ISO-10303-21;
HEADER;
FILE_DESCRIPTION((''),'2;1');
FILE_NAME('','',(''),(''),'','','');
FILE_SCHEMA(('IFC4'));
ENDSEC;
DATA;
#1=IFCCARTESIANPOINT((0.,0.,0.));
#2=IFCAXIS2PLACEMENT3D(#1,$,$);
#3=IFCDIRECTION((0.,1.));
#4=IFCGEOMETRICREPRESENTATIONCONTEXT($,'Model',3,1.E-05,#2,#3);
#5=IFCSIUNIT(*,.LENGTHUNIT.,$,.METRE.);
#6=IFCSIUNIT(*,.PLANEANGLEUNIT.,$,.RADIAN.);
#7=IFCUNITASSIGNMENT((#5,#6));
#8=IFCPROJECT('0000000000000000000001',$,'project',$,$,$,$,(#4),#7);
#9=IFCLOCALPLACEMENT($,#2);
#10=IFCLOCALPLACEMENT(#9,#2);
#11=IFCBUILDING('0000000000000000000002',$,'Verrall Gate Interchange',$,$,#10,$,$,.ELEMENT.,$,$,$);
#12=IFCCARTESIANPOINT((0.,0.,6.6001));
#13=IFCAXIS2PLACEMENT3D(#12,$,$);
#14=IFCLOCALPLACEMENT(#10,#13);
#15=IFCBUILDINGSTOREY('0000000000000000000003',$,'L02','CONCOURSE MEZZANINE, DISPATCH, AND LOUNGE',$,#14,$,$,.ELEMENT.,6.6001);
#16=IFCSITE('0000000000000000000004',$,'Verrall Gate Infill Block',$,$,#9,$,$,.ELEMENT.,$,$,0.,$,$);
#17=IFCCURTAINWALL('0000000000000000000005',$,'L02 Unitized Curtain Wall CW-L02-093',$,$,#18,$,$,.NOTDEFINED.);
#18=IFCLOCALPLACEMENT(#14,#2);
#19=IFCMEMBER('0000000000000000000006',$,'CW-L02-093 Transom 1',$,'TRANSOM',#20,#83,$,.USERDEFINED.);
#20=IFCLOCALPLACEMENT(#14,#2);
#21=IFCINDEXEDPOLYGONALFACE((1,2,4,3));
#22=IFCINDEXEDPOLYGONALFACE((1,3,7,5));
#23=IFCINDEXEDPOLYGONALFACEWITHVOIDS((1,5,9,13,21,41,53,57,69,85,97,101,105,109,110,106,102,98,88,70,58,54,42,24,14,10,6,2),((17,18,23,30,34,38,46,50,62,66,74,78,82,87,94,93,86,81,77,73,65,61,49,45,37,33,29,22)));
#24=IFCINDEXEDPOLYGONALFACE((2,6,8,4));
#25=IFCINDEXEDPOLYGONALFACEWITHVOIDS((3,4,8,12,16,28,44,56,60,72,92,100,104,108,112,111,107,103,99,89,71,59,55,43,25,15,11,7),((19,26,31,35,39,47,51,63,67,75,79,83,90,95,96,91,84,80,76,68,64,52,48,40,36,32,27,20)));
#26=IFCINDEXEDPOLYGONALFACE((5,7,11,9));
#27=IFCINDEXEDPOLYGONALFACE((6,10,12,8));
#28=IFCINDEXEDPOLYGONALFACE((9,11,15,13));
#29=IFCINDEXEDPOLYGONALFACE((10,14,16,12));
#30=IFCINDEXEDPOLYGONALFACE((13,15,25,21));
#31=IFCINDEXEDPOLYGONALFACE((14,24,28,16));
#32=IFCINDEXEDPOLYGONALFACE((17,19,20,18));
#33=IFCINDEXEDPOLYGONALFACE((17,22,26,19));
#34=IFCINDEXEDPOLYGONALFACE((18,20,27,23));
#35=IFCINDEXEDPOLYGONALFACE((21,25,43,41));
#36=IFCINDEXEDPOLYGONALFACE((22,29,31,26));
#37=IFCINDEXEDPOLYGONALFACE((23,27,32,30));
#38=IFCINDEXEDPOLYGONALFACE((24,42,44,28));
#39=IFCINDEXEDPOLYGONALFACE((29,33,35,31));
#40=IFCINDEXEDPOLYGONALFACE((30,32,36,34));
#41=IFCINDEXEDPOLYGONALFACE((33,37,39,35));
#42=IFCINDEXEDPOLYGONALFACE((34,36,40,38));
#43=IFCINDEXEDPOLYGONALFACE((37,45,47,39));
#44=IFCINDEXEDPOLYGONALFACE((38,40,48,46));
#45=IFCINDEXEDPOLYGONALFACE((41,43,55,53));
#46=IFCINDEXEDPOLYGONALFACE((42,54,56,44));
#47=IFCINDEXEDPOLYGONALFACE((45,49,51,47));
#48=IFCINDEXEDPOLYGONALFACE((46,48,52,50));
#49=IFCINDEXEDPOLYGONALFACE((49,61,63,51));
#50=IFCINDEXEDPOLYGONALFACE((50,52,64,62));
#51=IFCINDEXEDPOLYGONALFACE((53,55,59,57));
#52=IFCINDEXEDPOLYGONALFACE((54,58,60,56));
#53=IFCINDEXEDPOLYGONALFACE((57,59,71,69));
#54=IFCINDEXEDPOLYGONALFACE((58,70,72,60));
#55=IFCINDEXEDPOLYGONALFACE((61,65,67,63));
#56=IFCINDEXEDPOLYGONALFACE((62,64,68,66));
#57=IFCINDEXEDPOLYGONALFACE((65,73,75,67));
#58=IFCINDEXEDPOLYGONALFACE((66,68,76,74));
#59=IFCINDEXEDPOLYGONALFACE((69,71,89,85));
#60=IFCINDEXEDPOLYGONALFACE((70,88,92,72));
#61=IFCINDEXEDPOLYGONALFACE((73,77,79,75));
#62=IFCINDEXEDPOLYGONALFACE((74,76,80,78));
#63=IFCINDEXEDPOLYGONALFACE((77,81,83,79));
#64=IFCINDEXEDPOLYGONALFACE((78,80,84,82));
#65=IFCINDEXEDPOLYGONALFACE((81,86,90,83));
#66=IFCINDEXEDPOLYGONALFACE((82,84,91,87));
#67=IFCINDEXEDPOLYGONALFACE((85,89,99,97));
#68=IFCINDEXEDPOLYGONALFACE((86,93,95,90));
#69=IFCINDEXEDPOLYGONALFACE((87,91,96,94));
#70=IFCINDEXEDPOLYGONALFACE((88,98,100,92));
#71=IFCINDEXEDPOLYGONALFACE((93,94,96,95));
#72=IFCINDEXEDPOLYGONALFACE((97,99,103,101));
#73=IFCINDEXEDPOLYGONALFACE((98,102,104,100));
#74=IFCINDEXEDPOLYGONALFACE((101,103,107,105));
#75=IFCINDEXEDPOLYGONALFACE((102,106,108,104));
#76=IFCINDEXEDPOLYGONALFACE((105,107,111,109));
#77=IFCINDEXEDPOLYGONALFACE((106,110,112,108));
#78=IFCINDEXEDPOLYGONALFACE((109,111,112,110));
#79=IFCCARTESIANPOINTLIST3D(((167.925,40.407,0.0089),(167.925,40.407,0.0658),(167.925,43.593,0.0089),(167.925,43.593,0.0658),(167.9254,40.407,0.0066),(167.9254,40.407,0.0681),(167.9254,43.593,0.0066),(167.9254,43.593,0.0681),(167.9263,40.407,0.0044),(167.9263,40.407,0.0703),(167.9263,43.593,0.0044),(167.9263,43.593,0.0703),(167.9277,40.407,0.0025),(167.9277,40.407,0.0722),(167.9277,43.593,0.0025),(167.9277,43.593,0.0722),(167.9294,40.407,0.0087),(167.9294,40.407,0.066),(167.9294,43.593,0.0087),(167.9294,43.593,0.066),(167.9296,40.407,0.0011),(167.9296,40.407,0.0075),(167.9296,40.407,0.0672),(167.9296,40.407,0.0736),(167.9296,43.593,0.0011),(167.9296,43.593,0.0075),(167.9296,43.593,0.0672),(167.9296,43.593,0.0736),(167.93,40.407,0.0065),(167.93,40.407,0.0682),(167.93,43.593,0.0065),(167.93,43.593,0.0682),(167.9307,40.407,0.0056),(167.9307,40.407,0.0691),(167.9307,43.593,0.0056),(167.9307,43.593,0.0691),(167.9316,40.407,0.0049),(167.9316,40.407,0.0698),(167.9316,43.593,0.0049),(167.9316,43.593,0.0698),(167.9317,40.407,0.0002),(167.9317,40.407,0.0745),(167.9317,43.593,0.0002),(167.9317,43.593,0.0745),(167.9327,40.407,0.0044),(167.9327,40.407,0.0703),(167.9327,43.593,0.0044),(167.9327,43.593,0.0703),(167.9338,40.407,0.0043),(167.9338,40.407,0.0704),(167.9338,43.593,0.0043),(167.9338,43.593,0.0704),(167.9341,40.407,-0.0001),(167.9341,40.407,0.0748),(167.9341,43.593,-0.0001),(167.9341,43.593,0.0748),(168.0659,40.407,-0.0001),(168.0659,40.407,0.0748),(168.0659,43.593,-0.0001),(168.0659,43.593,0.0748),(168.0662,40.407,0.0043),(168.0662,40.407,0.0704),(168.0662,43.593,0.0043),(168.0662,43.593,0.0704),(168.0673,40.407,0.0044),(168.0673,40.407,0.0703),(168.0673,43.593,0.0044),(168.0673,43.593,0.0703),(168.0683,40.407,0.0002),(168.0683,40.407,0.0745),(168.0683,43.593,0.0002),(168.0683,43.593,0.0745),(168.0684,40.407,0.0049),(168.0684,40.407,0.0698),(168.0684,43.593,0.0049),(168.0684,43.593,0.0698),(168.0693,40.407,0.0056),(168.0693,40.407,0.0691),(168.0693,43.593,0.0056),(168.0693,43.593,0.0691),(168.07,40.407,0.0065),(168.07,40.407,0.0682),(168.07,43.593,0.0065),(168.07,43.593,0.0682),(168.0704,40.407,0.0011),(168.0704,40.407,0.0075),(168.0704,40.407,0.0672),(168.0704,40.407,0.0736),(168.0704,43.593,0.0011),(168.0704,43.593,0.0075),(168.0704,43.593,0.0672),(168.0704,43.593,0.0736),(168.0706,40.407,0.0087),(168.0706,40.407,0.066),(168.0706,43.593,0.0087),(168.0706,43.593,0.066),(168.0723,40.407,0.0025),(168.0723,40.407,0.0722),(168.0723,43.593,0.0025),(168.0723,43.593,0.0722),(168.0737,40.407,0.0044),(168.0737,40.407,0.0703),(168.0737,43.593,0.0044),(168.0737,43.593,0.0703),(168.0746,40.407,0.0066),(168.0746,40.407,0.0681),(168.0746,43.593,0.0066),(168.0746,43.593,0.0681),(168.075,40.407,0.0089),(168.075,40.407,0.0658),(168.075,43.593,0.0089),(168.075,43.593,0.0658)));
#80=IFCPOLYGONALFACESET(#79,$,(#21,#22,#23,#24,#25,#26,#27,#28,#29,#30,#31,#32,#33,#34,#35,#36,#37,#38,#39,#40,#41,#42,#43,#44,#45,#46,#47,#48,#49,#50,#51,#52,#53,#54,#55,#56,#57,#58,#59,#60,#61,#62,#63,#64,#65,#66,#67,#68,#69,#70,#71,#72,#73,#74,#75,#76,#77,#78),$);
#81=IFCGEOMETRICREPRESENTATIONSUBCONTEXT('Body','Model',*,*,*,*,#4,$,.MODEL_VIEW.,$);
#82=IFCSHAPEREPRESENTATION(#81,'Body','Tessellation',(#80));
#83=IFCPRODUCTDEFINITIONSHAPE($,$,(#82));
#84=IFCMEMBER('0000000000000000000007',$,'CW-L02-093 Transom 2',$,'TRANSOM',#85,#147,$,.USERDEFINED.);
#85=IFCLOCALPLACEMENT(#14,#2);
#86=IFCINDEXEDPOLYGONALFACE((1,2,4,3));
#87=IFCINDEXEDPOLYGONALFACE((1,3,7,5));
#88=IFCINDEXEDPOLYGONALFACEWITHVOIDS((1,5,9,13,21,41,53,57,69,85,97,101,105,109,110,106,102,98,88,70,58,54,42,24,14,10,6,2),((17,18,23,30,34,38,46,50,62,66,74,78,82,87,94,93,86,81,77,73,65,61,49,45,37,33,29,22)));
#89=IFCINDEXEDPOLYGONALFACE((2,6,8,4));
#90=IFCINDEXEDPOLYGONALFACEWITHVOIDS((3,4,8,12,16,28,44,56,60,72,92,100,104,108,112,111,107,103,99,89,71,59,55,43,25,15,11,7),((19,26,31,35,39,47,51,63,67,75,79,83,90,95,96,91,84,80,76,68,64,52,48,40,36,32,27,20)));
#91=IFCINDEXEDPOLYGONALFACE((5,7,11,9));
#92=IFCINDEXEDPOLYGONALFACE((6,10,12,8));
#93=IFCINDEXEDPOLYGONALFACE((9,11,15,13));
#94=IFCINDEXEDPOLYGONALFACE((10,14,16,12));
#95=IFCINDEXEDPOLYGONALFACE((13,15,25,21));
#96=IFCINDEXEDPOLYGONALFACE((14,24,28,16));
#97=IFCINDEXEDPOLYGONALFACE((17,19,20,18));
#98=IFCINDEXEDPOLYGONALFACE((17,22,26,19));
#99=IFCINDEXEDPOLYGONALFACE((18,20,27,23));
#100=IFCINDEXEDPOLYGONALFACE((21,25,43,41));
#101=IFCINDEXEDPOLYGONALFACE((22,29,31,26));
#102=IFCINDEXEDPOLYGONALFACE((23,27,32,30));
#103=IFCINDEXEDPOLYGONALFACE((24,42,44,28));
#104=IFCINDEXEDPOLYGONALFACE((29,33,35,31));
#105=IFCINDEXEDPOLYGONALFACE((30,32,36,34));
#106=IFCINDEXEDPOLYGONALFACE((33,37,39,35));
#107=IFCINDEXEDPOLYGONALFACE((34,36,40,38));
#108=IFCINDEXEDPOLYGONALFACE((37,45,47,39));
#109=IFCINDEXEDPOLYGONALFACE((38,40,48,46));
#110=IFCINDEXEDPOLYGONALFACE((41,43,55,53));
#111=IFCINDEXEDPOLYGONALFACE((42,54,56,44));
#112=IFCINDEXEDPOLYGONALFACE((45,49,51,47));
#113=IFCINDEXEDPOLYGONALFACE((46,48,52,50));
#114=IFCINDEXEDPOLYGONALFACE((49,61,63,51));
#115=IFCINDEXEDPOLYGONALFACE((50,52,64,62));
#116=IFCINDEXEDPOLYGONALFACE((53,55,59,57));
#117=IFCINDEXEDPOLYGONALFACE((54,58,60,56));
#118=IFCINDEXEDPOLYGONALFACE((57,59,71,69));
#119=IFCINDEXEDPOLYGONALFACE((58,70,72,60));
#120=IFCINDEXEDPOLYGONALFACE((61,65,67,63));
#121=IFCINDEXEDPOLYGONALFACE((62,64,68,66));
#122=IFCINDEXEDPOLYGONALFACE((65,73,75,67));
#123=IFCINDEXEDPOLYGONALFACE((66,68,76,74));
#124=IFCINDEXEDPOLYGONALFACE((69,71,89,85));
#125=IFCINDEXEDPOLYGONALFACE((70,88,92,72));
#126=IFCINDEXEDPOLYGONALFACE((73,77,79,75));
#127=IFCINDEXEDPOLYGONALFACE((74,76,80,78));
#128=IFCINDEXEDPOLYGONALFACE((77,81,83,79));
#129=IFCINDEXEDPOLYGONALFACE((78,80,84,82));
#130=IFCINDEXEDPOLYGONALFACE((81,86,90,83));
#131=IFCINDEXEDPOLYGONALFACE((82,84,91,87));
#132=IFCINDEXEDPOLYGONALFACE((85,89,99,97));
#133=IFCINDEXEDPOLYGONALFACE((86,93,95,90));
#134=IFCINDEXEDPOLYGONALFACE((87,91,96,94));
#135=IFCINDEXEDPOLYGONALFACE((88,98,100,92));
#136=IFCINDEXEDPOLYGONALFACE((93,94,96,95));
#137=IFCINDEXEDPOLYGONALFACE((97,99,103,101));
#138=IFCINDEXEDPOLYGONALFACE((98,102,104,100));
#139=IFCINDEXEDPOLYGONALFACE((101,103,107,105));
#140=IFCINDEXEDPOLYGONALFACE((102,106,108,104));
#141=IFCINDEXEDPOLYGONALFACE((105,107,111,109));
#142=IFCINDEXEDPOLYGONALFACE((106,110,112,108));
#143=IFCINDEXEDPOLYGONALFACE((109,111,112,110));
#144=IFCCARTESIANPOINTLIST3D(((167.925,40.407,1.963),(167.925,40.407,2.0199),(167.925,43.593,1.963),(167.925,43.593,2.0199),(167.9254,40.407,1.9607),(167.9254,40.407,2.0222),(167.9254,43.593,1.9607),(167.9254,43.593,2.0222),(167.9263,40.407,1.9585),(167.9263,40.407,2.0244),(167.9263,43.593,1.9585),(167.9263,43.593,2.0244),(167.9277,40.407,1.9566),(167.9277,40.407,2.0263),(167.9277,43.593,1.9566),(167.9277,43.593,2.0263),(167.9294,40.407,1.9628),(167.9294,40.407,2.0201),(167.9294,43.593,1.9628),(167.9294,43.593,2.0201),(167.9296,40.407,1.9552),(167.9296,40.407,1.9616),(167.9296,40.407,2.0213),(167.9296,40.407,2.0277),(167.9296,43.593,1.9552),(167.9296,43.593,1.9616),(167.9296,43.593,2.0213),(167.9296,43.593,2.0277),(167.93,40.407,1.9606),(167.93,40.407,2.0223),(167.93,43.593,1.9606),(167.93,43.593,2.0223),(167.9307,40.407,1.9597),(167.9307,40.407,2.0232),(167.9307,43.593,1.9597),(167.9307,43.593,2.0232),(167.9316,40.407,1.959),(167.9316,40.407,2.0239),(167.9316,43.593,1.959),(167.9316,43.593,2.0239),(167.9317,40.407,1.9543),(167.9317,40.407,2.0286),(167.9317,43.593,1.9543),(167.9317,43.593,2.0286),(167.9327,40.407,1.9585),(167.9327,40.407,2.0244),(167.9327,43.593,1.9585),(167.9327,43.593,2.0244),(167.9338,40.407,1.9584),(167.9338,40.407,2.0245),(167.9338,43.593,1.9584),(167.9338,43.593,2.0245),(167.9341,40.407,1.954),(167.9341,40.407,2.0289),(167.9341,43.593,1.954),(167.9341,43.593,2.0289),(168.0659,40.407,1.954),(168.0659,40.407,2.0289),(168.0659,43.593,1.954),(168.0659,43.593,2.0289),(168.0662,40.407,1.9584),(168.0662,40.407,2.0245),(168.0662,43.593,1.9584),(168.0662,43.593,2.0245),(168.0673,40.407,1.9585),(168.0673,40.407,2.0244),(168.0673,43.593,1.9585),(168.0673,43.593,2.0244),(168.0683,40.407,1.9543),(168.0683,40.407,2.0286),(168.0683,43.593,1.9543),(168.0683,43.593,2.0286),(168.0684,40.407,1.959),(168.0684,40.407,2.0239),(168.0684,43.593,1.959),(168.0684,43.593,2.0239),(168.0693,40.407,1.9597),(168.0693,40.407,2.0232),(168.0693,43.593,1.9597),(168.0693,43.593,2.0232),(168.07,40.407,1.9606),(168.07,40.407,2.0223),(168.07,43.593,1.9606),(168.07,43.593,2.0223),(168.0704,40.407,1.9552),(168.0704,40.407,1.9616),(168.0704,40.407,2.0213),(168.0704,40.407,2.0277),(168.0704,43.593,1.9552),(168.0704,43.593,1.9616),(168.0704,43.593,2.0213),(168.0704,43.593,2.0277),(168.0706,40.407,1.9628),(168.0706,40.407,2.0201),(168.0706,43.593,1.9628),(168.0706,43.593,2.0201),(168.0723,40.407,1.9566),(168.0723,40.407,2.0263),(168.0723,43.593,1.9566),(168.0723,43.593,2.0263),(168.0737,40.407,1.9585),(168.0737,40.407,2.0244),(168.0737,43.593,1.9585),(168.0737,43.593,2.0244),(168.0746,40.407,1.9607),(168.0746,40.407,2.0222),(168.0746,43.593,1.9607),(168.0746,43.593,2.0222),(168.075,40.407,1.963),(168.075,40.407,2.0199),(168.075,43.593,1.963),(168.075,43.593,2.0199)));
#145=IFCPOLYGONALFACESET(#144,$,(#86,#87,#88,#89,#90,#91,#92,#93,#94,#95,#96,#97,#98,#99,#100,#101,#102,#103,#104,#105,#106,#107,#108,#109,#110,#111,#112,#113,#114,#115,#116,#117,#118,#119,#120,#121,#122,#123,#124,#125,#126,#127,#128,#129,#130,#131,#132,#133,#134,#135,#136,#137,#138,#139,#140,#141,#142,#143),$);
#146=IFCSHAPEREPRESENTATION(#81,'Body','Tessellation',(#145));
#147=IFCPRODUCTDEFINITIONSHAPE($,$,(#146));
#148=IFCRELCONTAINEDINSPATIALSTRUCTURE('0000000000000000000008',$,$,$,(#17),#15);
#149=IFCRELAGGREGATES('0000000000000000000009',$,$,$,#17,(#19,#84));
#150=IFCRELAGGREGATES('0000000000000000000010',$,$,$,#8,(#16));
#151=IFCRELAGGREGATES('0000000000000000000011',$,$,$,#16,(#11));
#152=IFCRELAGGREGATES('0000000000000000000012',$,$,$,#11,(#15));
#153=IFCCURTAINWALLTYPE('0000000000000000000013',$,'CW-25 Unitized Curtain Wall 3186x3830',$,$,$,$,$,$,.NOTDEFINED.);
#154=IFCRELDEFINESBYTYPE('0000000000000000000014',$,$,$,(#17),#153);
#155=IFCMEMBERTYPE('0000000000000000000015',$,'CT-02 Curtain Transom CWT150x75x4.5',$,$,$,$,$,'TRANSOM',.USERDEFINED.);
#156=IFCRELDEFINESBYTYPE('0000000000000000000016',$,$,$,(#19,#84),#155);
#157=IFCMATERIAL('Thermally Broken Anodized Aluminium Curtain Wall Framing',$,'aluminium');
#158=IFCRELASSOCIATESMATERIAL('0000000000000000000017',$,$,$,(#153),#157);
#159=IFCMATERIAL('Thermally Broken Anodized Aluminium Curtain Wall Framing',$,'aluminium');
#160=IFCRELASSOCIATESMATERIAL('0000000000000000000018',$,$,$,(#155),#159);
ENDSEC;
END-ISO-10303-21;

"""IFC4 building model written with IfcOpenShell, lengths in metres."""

from ifc_helpers import new_model, si_unit, direction, frame, origin, origin_2d, place, context, subcontext, project, spatial, hollow_rectangle, extrude, material, material_profile, profile_set, type_object, element, aggregate, save


model = new_model("IFC4")

# Units and contexts
model_context = context("Model", 3, precision=1e-05, world=origin(), true_north=direction((0.0, 1.0)))
body_context = subcontext(model_context, "Body", "Model", "MODEL_VIEW")
ifc_project = project(units=[si_unit("LENGTHUNIT", "METRE"), si_unit("PLANEANGLEUNIT", "RADIAN")], contexts=[model_context])

# Site, building, storey
site_placement = place(None, origin())
site = spatial("IfcSite", under=ifc_project, at=site_placement, Name="Verrall Gate Infill Block", CompositionType="ELEMENT", RefElevation=0.0)
building_placement = place(site_placement, origin())
building = spatial("IfcBuilding", under=site, at=building_placement, Name="Verrall Gate Interchange", CompositionType="ELEMENT")
storey_placement = place(building_placement, frame((0.0, 0.0, 6.6001)))
storey = spatial("IfcBuildingStorey", under=building, at=storey_placement, Name="L02", Description="CONCOURSE MEZZANINE, DISPATCH, AND LOUNGE", CompositionType="ELEMENT", Elevation=6.6001)

# Curtain wall, members
ifc_material_1 = material(Name="Thermally Broken Anodized Aluminium Curtain Wall Framing", Category="aluminium")
curtain_wall_type = type_object("IfcCurtainWallType", Name="CW-25 Unitized Curtain Wall 3186x3830", PredefinedType="NOTDEFINED", material=ifc_material_1)
curtain_wall_placement = place(storey_placement, origin())
curtain_wall = element("IfcCurtainWall", 1, at=curtain_wall_placement, inside=storey, type_object=curtain_wall_type, Name="L02 Unitized Curtain Wall CW-L02-093", PredefinedType="NOTDEFINED")
ifc_material_2 = material(Name="Thermally Broken Anodized Aluminium Curtain Wall Framing", Category="aluminium")
ifc_material_profile_1 = material_profile(ifc_material_2, hollow_rectangle(XDim=0.1499, YDim=0.075, WallThickness=0.0044, InnerFilletRadius=0.0044, OuterFilletRadius=0.009, at=origin_2d()), Name="CWT150x75x4.5")
ifc_profile_set_1 = profile_set([ifc_material_profile_1], Name="Thermally Broken Anodized Aluminium Curtain Wall Framing")
member_type_1 = type_object("IfcMemberType", Name="CT-02 Curtain Transom CWT150x75x4.5", ElementType="TRANSOM", PredefinedType="USERDEFINED", material=ifc_profile_set_1)
member_1_placement = place(storey_placement, frame((168.0, 40.407, 0.0374), z_axis=(0.0, 1.0, 0.0), x_axis=(-1.0, 0.0, 0.0)))
member_1 = element("IfcMember", 2, at=member_1_placement, type_object=member_type_1, Name="CW-L02-093 Transom 1", ObjectType="TRANSOM", PredefinedType="USERDEFINED", context=body_context, shape_type="SweptSolid", body=[
    extrude(hollow_rectangle(XDim=0.1499, YDim=0.075, WallThickness=0.0044, InnerFilletRadius=0.0044, OuterFilletRadius=0.009, at=origin_2d()), origin(), (0.0, 0.0, 1.0), 3.186),
])
member_2_placement = place(storey_placement, frame((168.0, 40.407, 1.9915), z_axis=(0.0, 1.0, 0.0), x_axis=(-1.0, 0.0, 0.0)))
member_2 = element("IfcMember", 3, at=member_2_placement, type_object=member_type_1, Name="CW-L02-093 Transom 2", ObjectType="TRANSOM", PredefinedType="USERDEFINED", context=body_context, shape_type="SweptSolid", body=[
    extrude(hollow_rectangle(XDim=0.1499, YDim=0.075, WallThickness=0.0044, InnerFilletRadius=0.0044, OuterFilletRadius=0.009, at=origin_2d()), origin(), (0.0, 0.0, 1.0), 3.186),
])

aggregate(curtain_wall, [member_1, member_2])

save(model, "model.ifc")
